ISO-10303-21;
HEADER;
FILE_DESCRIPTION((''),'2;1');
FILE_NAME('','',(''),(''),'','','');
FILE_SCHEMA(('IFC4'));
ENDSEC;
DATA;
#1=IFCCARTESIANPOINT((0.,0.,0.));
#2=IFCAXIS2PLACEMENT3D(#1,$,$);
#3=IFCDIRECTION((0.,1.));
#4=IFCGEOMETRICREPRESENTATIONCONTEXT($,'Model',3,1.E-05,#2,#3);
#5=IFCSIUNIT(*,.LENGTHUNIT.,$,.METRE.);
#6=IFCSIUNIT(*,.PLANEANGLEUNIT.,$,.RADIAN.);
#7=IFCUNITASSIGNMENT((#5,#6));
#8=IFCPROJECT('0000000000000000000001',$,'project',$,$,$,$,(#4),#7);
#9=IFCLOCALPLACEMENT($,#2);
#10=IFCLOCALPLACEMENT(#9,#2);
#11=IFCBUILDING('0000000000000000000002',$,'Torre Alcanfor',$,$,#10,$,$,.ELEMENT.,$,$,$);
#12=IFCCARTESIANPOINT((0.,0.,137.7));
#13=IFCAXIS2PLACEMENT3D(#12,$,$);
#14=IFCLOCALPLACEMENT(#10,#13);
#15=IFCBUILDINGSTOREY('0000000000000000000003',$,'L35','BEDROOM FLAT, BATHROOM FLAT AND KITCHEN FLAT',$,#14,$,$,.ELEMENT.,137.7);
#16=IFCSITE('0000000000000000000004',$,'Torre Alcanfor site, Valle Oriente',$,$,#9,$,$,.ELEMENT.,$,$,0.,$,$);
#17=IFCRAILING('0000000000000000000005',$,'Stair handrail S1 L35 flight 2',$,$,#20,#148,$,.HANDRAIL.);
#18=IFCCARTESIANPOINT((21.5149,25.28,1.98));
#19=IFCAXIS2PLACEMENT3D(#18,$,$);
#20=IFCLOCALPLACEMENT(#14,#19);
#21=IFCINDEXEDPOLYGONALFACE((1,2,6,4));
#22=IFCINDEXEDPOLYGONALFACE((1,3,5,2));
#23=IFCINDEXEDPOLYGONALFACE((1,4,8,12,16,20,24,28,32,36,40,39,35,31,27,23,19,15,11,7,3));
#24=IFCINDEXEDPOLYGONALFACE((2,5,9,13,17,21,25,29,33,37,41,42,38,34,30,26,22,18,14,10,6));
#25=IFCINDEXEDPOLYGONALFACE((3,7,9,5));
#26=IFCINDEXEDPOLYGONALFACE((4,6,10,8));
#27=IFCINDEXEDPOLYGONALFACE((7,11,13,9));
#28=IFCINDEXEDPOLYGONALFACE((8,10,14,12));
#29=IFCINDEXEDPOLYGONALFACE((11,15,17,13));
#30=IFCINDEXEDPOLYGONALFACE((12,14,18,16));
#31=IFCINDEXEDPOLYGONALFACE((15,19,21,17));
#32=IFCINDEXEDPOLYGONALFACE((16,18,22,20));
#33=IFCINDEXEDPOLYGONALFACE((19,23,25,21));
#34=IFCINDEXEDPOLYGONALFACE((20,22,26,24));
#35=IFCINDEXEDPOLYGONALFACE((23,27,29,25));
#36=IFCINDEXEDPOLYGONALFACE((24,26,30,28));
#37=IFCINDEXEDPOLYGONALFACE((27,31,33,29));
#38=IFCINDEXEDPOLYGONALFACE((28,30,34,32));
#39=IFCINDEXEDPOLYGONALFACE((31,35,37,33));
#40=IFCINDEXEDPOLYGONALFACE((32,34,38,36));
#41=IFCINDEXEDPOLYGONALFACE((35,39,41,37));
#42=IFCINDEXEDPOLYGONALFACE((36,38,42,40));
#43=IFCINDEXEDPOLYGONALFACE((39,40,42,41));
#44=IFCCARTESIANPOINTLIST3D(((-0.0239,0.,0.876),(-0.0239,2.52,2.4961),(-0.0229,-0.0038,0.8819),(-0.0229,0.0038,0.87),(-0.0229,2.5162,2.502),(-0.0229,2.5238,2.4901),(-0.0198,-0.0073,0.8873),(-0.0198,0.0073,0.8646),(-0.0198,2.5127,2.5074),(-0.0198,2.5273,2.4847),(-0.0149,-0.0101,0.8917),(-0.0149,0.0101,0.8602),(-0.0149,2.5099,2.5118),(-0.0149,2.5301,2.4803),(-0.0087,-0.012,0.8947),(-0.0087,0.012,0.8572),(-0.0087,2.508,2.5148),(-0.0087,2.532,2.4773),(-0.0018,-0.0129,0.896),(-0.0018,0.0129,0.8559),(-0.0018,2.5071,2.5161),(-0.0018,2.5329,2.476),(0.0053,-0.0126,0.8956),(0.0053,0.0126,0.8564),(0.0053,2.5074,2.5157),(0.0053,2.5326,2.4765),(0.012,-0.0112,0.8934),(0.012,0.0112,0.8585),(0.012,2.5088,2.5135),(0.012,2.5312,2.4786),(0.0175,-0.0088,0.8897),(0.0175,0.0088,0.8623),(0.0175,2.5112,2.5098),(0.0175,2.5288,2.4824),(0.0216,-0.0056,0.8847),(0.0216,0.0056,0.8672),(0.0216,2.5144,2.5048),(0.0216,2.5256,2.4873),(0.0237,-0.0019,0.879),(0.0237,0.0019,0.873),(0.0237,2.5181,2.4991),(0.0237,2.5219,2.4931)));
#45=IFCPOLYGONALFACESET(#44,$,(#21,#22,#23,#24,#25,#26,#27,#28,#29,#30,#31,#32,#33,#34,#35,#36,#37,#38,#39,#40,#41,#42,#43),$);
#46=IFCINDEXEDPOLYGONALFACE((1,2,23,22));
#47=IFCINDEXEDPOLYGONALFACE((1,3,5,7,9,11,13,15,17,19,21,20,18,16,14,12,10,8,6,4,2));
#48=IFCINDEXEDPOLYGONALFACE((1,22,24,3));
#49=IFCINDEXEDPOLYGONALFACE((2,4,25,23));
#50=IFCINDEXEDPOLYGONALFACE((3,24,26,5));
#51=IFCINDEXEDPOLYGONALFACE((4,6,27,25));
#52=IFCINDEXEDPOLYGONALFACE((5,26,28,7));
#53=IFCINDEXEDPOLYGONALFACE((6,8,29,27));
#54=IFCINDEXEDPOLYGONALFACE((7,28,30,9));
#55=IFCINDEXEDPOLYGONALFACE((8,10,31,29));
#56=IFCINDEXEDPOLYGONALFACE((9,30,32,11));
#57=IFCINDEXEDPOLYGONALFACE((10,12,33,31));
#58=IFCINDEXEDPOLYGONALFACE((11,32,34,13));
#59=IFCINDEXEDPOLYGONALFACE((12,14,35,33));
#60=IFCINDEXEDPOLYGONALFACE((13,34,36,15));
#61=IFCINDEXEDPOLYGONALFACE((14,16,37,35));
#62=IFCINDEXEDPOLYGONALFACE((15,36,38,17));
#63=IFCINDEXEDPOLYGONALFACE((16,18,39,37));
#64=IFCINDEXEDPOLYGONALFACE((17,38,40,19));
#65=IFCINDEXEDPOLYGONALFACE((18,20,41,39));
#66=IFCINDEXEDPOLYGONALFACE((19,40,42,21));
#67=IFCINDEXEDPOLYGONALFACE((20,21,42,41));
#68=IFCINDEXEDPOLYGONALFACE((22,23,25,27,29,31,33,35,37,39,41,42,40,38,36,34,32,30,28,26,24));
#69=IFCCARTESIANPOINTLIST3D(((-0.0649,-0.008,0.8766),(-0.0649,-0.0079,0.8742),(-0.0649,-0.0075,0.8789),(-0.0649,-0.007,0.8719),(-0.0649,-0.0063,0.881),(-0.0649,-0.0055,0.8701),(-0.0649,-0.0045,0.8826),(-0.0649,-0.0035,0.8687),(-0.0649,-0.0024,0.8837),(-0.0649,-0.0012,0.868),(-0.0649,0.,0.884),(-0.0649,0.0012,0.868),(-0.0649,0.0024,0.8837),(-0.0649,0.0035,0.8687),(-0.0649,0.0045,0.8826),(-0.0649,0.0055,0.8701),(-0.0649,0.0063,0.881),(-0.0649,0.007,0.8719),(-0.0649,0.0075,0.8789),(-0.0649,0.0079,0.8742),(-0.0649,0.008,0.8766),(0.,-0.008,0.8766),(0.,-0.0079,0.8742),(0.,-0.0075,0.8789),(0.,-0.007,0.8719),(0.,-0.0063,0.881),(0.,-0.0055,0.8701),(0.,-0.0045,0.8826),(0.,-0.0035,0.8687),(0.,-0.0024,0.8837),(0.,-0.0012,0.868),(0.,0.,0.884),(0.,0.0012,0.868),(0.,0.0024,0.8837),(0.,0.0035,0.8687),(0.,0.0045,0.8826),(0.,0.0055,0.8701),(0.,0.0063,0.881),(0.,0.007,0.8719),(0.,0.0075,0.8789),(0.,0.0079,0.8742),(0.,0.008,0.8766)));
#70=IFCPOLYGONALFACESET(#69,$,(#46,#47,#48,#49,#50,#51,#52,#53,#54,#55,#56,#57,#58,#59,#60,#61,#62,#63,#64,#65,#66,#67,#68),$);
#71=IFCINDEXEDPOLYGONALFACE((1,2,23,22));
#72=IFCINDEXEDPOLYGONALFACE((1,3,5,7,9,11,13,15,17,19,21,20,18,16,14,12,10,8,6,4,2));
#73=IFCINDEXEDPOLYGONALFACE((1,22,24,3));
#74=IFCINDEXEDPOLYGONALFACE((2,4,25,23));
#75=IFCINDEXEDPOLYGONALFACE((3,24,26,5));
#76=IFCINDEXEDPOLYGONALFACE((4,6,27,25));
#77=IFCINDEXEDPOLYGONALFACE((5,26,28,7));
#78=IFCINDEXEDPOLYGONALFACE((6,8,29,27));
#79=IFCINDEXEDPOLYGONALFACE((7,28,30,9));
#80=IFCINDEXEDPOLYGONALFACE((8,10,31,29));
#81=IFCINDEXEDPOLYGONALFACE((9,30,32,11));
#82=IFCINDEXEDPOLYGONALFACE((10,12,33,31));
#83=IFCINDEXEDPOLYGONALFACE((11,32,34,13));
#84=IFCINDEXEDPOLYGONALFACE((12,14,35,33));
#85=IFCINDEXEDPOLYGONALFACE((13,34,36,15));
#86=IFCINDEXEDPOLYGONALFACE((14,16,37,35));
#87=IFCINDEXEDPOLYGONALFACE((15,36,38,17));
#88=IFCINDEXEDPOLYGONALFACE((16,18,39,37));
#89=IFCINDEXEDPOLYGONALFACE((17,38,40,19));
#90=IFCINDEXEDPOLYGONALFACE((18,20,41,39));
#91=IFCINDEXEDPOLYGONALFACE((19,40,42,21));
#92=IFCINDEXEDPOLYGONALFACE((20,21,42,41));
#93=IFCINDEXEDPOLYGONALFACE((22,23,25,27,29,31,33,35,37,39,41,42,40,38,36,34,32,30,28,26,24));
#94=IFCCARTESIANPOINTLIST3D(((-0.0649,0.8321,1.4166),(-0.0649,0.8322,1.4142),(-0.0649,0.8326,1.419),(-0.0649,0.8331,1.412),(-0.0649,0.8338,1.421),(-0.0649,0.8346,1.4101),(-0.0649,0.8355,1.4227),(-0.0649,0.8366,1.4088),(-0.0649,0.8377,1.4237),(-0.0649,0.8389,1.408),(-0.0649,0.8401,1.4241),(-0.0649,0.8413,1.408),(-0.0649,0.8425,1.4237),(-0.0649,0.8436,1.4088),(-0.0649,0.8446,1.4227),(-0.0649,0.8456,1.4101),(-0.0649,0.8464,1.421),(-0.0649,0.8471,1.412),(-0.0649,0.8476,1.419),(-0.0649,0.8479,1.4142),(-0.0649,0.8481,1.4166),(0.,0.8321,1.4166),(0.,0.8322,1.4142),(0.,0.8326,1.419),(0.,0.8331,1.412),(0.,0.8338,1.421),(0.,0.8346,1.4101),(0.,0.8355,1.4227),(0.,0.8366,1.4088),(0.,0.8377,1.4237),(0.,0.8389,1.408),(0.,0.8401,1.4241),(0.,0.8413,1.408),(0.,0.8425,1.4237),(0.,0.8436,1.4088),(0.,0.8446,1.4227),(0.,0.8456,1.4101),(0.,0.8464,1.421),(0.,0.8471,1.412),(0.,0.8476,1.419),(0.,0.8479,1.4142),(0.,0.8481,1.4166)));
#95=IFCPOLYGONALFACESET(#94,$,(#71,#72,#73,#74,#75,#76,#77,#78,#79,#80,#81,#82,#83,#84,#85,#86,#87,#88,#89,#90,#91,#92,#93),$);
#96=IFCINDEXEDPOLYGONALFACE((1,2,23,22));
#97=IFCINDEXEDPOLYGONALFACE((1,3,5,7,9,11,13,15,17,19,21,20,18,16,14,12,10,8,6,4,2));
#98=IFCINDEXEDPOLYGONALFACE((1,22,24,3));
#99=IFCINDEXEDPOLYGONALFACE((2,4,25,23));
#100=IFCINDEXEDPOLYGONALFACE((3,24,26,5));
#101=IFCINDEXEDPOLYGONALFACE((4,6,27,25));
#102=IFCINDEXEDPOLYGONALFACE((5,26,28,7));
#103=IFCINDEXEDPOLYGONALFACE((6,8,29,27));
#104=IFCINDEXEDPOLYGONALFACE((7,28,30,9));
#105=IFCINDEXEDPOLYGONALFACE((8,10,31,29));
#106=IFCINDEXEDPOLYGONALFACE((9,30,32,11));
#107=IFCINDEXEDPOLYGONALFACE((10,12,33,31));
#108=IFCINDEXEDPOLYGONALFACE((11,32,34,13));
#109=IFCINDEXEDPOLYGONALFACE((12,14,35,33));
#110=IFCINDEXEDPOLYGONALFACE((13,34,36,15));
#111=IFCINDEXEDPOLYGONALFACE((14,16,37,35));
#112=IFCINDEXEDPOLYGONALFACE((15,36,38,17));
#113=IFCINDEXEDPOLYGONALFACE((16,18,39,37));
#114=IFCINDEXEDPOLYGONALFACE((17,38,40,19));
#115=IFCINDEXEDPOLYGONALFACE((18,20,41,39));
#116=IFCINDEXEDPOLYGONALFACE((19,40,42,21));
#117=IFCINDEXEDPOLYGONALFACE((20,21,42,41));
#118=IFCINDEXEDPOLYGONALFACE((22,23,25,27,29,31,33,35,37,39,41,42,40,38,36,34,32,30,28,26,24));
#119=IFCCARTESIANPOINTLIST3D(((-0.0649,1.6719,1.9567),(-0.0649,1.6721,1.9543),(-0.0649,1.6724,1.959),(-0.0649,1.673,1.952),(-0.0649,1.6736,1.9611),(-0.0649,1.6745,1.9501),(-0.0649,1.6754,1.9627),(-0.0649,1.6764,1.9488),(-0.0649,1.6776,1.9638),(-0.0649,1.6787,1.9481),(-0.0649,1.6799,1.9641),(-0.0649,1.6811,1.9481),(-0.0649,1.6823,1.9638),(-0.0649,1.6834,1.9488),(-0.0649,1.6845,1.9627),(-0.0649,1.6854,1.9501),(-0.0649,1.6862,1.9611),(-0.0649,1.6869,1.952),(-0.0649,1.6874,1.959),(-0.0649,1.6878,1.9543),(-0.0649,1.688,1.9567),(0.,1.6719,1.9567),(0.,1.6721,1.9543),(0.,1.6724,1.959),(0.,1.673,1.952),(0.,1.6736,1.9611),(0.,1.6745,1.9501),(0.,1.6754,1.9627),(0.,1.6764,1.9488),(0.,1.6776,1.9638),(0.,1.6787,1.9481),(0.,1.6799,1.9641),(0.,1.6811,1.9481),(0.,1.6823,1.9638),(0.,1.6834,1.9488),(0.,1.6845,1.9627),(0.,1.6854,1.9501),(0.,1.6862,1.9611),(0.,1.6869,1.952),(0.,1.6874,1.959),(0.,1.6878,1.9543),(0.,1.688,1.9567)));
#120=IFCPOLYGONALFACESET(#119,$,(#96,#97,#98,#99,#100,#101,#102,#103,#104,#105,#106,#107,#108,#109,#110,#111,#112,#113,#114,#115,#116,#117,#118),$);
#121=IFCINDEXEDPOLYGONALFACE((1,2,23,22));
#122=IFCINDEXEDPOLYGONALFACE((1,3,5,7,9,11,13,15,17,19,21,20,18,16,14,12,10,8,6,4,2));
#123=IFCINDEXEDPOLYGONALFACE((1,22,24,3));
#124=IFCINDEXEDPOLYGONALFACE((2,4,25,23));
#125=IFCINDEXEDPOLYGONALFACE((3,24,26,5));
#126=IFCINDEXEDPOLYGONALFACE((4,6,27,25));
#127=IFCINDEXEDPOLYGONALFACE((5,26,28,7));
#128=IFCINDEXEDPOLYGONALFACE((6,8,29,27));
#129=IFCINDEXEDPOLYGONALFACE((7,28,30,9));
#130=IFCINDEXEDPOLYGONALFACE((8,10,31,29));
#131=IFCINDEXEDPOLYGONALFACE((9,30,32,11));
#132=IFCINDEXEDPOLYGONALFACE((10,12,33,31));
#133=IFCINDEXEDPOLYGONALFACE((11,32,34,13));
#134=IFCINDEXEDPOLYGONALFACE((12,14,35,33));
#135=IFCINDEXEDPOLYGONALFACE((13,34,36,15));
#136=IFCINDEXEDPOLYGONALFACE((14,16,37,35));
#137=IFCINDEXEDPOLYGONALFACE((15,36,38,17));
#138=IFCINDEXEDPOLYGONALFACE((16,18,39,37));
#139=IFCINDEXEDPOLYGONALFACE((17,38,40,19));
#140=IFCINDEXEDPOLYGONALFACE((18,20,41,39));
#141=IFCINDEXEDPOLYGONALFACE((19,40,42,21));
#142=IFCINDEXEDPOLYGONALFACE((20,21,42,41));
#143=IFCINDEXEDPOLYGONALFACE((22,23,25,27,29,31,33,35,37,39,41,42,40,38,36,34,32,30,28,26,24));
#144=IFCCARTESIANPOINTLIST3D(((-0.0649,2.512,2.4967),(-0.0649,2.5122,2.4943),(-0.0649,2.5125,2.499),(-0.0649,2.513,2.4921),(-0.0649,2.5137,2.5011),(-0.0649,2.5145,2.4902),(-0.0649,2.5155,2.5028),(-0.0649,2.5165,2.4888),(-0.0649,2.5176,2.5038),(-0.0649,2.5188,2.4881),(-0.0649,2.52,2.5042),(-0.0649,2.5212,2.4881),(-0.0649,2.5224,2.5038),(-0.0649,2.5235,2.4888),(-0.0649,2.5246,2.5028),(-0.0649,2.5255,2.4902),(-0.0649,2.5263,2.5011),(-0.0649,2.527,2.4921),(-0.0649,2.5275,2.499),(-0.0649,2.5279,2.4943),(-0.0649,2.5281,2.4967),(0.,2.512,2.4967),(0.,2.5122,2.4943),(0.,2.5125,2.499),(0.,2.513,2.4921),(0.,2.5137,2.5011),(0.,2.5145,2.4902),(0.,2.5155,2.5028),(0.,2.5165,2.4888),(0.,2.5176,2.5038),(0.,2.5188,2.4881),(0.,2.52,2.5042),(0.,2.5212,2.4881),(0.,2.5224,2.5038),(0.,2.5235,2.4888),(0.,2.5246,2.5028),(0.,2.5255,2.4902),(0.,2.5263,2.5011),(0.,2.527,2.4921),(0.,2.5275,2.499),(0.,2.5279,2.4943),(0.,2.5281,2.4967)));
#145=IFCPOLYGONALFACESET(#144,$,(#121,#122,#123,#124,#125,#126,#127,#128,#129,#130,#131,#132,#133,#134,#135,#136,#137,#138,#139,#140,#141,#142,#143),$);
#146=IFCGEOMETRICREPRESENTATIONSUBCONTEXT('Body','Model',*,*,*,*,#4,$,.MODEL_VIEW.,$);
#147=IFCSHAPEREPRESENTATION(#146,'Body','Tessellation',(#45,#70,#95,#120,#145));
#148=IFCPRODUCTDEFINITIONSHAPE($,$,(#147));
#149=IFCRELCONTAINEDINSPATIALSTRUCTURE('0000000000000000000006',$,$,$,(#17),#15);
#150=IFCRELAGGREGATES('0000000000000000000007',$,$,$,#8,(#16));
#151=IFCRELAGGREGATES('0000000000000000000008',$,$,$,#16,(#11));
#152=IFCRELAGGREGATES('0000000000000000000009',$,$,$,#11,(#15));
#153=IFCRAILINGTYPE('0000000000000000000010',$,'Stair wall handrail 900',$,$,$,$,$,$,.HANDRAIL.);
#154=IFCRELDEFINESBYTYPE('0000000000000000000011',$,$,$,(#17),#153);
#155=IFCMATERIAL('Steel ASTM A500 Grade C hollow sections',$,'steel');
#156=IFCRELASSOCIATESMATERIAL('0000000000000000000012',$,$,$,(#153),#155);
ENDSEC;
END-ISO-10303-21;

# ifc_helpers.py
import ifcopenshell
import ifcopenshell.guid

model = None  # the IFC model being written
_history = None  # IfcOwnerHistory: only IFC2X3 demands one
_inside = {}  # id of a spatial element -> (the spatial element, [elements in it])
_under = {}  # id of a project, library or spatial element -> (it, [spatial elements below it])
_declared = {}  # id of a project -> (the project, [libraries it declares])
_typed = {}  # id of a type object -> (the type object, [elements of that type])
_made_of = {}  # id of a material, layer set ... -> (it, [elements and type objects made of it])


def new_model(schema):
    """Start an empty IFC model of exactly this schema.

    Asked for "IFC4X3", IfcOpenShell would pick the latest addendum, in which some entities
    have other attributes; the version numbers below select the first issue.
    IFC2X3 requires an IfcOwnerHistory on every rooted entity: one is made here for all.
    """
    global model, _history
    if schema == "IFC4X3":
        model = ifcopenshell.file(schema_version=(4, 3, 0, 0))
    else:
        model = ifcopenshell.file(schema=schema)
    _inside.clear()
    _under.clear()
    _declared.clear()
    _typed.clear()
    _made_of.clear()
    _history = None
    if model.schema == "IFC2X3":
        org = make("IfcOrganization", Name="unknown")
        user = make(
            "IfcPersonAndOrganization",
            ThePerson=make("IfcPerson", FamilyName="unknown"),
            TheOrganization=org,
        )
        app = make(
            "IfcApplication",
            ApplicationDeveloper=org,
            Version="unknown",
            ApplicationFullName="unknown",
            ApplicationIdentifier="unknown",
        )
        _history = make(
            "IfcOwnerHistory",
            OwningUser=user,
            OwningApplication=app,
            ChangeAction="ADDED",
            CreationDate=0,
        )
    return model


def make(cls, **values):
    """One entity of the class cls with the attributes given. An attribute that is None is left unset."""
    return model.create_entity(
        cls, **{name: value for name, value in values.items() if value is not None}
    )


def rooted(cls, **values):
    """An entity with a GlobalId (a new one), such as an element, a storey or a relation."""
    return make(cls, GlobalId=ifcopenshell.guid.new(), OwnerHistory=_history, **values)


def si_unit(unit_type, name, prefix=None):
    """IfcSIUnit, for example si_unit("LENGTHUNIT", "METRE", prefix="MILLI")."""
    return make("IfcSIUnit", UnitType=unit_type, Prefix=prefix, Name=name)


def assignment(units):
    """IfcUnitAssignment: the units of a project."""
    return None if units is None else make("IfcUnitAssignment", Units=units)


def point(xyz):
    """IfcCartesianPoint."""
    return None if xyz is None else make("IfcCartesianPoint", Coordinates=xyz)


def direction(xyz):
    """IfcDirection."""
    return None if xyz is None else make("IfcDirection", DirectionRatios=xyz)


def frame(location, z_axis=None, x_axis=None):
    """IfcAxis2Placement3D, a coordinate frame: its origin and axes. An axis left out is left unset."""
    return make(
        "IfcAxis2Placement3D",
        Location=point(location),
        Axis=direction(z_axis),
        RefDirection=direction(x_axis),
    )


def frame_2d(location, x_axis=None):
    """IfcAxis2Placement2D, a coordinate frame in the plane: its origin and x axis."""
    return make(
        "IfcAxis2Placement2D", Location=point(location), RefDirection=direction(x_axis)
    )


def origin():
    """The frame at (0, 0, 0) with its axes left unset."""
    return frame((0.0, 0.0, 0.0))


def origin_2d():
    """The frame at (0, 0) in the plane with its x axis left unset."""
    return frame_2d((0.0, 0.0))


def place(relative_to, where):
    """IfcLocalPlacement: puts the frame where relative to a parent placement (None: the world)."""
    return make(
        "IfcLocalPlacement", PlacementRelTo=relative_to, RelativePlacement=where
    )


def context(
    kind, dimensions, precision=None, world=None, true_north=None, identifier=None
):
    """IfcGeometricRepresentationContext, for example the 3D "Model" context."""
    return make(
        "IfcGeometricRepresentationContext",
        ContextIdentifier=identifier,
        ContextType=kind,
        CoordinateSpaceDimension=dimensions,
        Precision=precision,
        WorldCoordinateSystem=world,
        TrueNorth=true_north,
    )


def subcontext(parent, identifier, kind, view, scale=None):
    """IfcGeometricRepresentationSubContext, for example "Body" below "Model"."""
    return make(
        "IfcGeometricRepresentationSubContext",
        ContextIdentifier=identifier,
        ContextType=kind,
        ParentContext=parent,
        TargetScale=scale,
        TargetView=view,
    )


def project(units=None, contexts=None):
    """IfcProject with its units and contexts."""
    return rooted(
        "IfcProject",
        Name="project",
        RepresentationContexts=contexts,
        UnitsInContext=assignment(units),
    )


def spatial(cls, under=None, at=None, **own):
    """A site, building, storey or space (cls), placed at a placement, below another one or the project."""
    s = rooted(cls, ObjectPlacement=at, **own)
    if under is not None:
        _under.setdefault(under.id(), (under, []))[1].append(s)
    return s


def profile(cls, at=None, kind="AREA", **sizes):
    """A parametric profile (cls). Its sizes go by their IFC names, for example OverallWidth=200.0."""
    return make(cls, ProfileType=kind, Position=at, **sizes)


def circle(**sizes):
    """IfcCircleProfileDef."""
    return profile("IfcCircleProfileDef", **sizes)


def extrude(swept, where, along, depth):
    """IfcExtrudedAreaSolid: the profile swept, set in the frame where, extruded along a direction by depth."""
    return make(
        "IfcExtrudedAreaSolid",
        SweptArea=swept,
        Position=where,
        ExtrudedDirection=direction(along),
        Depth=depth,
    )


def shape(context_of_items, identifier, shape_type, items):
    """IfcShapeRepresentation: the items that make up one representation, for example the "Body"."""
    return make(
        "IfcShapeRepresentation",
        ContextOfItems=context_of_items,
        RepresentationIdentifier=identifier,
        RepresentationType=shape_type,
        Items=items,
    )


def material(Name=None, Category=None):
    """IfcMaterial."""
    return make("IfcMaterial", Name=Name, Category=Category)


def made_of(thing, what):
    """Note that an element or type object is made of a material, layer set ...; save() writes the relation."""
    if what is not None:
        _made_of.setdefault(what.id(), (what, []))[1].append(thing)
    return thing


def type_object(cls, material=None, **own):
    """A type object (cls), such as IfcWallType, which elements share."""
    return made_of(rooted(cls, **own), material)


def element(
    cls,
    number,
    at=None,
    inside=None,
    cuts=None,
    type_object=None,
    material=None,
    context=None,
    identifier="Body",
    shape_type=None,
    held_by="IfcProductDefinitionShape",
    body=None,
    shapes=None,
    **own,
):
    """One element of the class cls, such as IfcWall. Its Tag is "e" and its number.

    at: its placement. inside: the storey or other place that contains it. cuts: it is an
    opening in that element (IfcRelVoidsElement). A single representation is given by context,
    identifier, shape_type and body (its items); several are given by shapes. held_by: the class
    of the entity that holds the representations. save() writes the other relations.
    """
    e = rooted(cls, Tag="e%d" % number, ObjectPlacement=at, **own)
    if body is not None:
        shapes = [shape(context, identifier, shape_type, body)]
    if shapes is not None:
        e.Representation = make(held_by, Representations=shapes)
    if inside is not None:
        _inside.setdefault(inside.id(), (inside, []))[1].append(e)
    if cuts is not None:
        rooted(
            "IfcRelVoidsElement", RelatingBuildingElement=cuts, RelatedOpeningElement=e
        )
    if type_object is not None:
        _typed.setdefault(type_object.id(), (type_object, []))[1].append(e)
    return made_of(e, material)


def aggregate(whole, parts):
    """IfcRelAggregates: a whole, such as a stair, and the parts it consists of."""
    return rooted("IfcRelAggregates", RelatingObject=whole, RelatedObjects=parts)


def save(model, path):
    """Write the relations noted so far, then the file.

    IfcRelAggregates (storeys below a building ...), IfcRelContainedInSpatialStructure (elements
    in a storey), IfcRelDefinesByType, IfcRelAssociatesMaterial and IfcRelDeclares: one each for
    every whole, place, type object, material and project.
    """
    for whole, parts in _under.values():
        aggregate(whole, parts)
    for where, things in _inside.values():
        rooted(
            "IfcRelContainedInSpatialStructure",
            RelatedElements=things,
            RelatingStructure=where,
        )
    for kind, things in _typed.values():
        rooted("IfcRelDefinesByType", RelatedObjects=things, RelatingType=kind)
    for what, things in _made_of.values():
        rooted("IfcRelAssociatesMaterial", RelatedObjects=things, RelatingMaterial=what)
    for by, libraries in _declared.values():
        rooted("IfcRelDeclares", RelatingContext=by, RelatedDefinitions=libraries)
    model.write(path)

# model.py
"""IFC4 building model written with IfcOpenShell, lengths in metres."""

from ifc_helpers import new_model, si_unit, direction, frame, origin, origin_2d, place, context, subcontext, project, spatial, circle, extrude, material, type_object, element, save


model = new_model("IFC4")

# Units and contexts
model_context = context("Model", 3, precision=1e-05, world=origin(), true_north=direction((0.0, 1.0)))
body_context = subcontext(model_context, "Body", "Model", "MODEL_VIEW")
ifc_project = project(units=[si_unit("LENGTHUNIT", "METRE"), si_unit("PLANEANGLEUNIT", "RADIAN")], contexts=[model_context])

# Site, building, storey
site_placement = place(None, origin())
site = spatial("IfcSite", under=ifc_project, at=site_placement, Name="Torre Alcanfor site, Valle Oriente", CompositionType="ELEMENT", RefElevation=0.0)
building_placement = place(site_placement, origin())
building = spatial("IfcBuilding", under=site, at=building_placement, Name="Torre Alcanfor", CompositionType="ELEMENT")
storey_placement = place(building_placement, frame((0.0, 0.0, 137.7)))
storey = spatial("IfcBuildingStorey", under=building, at=storey_placement, Name="L35", Description="BEDROOM FLAT, BATHROOM FLAT AND KITCHEN FLAT", CompositionType="ELEMENT", Elevation=137.7)

# Railing
ifc_material_1 = material(Name="Steel ASTM A500 Grade C hollow sections", Category="steel")
railing_type_1 = type_object("IfcRailingType", Name="Stair wall handrail 900", PredefinedType="HANDRAIL", material=ifc_material_1)
railing_1_placement = place(storey_placement, frame((21.5149, 25.28, 1.98)))
element("IfcRailing", 1, at=railing_1_placement, inside=storey, type_object=railing_type_1, Name="Stair handrail S1 L35 flight 2", PredefinedType="HANDRAIL", context=body_context, shape_type="SweptSolid", body=[
    extrude(circle(Radius=0.0239, at=origin_2d()), frame((0.0, 0.0, 0.876), z_axis=(0.0, 0.841163, 0.540782), x_axis=(-1.0, 0.0, 0.0)), (0.0, 0.0, 1.0), 2.9958),
    extrude(circle(Radius=0.0081, at=origin_2d()), frame((0.0, 0.0, 0.876), z_axis=(-1.0, 0.0, 0.0), x_axis=(0.0, 0.0, 1.0)), (0.0, 0.0, 1.0), 0.0649),
    extrude(circle(Radius=0.0081, at=origin_2d()), frame((0.0, 0.8401, 1.416), z_axis=(-1.0, 0.0, 0.0), x_axis=(0.0, 0.0, 1.0)), (0.0, 0.0, 1.0), 0.0649),
    extrude(circle(Radius=0.0081, at=origin_2d()), frame((0.0, 1.6799, 1.9561), z_axis=(-1.0, 0.0, 0.0), x_axis=(0.0, 0.0, 1.0)), (0.0, 0.0, 1.0), 0.0649),
    extrude(circle(Radius=0.0081, at=origin_2d()), frame((0.0, 2.52, 2.4961), z_axis=(-1.0, 0.0, 0.0), x_axis=(0.0, 0.0, 1.0)), (0.0, 0.0, 1.0), 0.0649),
])

save(model, "model.ifc")
